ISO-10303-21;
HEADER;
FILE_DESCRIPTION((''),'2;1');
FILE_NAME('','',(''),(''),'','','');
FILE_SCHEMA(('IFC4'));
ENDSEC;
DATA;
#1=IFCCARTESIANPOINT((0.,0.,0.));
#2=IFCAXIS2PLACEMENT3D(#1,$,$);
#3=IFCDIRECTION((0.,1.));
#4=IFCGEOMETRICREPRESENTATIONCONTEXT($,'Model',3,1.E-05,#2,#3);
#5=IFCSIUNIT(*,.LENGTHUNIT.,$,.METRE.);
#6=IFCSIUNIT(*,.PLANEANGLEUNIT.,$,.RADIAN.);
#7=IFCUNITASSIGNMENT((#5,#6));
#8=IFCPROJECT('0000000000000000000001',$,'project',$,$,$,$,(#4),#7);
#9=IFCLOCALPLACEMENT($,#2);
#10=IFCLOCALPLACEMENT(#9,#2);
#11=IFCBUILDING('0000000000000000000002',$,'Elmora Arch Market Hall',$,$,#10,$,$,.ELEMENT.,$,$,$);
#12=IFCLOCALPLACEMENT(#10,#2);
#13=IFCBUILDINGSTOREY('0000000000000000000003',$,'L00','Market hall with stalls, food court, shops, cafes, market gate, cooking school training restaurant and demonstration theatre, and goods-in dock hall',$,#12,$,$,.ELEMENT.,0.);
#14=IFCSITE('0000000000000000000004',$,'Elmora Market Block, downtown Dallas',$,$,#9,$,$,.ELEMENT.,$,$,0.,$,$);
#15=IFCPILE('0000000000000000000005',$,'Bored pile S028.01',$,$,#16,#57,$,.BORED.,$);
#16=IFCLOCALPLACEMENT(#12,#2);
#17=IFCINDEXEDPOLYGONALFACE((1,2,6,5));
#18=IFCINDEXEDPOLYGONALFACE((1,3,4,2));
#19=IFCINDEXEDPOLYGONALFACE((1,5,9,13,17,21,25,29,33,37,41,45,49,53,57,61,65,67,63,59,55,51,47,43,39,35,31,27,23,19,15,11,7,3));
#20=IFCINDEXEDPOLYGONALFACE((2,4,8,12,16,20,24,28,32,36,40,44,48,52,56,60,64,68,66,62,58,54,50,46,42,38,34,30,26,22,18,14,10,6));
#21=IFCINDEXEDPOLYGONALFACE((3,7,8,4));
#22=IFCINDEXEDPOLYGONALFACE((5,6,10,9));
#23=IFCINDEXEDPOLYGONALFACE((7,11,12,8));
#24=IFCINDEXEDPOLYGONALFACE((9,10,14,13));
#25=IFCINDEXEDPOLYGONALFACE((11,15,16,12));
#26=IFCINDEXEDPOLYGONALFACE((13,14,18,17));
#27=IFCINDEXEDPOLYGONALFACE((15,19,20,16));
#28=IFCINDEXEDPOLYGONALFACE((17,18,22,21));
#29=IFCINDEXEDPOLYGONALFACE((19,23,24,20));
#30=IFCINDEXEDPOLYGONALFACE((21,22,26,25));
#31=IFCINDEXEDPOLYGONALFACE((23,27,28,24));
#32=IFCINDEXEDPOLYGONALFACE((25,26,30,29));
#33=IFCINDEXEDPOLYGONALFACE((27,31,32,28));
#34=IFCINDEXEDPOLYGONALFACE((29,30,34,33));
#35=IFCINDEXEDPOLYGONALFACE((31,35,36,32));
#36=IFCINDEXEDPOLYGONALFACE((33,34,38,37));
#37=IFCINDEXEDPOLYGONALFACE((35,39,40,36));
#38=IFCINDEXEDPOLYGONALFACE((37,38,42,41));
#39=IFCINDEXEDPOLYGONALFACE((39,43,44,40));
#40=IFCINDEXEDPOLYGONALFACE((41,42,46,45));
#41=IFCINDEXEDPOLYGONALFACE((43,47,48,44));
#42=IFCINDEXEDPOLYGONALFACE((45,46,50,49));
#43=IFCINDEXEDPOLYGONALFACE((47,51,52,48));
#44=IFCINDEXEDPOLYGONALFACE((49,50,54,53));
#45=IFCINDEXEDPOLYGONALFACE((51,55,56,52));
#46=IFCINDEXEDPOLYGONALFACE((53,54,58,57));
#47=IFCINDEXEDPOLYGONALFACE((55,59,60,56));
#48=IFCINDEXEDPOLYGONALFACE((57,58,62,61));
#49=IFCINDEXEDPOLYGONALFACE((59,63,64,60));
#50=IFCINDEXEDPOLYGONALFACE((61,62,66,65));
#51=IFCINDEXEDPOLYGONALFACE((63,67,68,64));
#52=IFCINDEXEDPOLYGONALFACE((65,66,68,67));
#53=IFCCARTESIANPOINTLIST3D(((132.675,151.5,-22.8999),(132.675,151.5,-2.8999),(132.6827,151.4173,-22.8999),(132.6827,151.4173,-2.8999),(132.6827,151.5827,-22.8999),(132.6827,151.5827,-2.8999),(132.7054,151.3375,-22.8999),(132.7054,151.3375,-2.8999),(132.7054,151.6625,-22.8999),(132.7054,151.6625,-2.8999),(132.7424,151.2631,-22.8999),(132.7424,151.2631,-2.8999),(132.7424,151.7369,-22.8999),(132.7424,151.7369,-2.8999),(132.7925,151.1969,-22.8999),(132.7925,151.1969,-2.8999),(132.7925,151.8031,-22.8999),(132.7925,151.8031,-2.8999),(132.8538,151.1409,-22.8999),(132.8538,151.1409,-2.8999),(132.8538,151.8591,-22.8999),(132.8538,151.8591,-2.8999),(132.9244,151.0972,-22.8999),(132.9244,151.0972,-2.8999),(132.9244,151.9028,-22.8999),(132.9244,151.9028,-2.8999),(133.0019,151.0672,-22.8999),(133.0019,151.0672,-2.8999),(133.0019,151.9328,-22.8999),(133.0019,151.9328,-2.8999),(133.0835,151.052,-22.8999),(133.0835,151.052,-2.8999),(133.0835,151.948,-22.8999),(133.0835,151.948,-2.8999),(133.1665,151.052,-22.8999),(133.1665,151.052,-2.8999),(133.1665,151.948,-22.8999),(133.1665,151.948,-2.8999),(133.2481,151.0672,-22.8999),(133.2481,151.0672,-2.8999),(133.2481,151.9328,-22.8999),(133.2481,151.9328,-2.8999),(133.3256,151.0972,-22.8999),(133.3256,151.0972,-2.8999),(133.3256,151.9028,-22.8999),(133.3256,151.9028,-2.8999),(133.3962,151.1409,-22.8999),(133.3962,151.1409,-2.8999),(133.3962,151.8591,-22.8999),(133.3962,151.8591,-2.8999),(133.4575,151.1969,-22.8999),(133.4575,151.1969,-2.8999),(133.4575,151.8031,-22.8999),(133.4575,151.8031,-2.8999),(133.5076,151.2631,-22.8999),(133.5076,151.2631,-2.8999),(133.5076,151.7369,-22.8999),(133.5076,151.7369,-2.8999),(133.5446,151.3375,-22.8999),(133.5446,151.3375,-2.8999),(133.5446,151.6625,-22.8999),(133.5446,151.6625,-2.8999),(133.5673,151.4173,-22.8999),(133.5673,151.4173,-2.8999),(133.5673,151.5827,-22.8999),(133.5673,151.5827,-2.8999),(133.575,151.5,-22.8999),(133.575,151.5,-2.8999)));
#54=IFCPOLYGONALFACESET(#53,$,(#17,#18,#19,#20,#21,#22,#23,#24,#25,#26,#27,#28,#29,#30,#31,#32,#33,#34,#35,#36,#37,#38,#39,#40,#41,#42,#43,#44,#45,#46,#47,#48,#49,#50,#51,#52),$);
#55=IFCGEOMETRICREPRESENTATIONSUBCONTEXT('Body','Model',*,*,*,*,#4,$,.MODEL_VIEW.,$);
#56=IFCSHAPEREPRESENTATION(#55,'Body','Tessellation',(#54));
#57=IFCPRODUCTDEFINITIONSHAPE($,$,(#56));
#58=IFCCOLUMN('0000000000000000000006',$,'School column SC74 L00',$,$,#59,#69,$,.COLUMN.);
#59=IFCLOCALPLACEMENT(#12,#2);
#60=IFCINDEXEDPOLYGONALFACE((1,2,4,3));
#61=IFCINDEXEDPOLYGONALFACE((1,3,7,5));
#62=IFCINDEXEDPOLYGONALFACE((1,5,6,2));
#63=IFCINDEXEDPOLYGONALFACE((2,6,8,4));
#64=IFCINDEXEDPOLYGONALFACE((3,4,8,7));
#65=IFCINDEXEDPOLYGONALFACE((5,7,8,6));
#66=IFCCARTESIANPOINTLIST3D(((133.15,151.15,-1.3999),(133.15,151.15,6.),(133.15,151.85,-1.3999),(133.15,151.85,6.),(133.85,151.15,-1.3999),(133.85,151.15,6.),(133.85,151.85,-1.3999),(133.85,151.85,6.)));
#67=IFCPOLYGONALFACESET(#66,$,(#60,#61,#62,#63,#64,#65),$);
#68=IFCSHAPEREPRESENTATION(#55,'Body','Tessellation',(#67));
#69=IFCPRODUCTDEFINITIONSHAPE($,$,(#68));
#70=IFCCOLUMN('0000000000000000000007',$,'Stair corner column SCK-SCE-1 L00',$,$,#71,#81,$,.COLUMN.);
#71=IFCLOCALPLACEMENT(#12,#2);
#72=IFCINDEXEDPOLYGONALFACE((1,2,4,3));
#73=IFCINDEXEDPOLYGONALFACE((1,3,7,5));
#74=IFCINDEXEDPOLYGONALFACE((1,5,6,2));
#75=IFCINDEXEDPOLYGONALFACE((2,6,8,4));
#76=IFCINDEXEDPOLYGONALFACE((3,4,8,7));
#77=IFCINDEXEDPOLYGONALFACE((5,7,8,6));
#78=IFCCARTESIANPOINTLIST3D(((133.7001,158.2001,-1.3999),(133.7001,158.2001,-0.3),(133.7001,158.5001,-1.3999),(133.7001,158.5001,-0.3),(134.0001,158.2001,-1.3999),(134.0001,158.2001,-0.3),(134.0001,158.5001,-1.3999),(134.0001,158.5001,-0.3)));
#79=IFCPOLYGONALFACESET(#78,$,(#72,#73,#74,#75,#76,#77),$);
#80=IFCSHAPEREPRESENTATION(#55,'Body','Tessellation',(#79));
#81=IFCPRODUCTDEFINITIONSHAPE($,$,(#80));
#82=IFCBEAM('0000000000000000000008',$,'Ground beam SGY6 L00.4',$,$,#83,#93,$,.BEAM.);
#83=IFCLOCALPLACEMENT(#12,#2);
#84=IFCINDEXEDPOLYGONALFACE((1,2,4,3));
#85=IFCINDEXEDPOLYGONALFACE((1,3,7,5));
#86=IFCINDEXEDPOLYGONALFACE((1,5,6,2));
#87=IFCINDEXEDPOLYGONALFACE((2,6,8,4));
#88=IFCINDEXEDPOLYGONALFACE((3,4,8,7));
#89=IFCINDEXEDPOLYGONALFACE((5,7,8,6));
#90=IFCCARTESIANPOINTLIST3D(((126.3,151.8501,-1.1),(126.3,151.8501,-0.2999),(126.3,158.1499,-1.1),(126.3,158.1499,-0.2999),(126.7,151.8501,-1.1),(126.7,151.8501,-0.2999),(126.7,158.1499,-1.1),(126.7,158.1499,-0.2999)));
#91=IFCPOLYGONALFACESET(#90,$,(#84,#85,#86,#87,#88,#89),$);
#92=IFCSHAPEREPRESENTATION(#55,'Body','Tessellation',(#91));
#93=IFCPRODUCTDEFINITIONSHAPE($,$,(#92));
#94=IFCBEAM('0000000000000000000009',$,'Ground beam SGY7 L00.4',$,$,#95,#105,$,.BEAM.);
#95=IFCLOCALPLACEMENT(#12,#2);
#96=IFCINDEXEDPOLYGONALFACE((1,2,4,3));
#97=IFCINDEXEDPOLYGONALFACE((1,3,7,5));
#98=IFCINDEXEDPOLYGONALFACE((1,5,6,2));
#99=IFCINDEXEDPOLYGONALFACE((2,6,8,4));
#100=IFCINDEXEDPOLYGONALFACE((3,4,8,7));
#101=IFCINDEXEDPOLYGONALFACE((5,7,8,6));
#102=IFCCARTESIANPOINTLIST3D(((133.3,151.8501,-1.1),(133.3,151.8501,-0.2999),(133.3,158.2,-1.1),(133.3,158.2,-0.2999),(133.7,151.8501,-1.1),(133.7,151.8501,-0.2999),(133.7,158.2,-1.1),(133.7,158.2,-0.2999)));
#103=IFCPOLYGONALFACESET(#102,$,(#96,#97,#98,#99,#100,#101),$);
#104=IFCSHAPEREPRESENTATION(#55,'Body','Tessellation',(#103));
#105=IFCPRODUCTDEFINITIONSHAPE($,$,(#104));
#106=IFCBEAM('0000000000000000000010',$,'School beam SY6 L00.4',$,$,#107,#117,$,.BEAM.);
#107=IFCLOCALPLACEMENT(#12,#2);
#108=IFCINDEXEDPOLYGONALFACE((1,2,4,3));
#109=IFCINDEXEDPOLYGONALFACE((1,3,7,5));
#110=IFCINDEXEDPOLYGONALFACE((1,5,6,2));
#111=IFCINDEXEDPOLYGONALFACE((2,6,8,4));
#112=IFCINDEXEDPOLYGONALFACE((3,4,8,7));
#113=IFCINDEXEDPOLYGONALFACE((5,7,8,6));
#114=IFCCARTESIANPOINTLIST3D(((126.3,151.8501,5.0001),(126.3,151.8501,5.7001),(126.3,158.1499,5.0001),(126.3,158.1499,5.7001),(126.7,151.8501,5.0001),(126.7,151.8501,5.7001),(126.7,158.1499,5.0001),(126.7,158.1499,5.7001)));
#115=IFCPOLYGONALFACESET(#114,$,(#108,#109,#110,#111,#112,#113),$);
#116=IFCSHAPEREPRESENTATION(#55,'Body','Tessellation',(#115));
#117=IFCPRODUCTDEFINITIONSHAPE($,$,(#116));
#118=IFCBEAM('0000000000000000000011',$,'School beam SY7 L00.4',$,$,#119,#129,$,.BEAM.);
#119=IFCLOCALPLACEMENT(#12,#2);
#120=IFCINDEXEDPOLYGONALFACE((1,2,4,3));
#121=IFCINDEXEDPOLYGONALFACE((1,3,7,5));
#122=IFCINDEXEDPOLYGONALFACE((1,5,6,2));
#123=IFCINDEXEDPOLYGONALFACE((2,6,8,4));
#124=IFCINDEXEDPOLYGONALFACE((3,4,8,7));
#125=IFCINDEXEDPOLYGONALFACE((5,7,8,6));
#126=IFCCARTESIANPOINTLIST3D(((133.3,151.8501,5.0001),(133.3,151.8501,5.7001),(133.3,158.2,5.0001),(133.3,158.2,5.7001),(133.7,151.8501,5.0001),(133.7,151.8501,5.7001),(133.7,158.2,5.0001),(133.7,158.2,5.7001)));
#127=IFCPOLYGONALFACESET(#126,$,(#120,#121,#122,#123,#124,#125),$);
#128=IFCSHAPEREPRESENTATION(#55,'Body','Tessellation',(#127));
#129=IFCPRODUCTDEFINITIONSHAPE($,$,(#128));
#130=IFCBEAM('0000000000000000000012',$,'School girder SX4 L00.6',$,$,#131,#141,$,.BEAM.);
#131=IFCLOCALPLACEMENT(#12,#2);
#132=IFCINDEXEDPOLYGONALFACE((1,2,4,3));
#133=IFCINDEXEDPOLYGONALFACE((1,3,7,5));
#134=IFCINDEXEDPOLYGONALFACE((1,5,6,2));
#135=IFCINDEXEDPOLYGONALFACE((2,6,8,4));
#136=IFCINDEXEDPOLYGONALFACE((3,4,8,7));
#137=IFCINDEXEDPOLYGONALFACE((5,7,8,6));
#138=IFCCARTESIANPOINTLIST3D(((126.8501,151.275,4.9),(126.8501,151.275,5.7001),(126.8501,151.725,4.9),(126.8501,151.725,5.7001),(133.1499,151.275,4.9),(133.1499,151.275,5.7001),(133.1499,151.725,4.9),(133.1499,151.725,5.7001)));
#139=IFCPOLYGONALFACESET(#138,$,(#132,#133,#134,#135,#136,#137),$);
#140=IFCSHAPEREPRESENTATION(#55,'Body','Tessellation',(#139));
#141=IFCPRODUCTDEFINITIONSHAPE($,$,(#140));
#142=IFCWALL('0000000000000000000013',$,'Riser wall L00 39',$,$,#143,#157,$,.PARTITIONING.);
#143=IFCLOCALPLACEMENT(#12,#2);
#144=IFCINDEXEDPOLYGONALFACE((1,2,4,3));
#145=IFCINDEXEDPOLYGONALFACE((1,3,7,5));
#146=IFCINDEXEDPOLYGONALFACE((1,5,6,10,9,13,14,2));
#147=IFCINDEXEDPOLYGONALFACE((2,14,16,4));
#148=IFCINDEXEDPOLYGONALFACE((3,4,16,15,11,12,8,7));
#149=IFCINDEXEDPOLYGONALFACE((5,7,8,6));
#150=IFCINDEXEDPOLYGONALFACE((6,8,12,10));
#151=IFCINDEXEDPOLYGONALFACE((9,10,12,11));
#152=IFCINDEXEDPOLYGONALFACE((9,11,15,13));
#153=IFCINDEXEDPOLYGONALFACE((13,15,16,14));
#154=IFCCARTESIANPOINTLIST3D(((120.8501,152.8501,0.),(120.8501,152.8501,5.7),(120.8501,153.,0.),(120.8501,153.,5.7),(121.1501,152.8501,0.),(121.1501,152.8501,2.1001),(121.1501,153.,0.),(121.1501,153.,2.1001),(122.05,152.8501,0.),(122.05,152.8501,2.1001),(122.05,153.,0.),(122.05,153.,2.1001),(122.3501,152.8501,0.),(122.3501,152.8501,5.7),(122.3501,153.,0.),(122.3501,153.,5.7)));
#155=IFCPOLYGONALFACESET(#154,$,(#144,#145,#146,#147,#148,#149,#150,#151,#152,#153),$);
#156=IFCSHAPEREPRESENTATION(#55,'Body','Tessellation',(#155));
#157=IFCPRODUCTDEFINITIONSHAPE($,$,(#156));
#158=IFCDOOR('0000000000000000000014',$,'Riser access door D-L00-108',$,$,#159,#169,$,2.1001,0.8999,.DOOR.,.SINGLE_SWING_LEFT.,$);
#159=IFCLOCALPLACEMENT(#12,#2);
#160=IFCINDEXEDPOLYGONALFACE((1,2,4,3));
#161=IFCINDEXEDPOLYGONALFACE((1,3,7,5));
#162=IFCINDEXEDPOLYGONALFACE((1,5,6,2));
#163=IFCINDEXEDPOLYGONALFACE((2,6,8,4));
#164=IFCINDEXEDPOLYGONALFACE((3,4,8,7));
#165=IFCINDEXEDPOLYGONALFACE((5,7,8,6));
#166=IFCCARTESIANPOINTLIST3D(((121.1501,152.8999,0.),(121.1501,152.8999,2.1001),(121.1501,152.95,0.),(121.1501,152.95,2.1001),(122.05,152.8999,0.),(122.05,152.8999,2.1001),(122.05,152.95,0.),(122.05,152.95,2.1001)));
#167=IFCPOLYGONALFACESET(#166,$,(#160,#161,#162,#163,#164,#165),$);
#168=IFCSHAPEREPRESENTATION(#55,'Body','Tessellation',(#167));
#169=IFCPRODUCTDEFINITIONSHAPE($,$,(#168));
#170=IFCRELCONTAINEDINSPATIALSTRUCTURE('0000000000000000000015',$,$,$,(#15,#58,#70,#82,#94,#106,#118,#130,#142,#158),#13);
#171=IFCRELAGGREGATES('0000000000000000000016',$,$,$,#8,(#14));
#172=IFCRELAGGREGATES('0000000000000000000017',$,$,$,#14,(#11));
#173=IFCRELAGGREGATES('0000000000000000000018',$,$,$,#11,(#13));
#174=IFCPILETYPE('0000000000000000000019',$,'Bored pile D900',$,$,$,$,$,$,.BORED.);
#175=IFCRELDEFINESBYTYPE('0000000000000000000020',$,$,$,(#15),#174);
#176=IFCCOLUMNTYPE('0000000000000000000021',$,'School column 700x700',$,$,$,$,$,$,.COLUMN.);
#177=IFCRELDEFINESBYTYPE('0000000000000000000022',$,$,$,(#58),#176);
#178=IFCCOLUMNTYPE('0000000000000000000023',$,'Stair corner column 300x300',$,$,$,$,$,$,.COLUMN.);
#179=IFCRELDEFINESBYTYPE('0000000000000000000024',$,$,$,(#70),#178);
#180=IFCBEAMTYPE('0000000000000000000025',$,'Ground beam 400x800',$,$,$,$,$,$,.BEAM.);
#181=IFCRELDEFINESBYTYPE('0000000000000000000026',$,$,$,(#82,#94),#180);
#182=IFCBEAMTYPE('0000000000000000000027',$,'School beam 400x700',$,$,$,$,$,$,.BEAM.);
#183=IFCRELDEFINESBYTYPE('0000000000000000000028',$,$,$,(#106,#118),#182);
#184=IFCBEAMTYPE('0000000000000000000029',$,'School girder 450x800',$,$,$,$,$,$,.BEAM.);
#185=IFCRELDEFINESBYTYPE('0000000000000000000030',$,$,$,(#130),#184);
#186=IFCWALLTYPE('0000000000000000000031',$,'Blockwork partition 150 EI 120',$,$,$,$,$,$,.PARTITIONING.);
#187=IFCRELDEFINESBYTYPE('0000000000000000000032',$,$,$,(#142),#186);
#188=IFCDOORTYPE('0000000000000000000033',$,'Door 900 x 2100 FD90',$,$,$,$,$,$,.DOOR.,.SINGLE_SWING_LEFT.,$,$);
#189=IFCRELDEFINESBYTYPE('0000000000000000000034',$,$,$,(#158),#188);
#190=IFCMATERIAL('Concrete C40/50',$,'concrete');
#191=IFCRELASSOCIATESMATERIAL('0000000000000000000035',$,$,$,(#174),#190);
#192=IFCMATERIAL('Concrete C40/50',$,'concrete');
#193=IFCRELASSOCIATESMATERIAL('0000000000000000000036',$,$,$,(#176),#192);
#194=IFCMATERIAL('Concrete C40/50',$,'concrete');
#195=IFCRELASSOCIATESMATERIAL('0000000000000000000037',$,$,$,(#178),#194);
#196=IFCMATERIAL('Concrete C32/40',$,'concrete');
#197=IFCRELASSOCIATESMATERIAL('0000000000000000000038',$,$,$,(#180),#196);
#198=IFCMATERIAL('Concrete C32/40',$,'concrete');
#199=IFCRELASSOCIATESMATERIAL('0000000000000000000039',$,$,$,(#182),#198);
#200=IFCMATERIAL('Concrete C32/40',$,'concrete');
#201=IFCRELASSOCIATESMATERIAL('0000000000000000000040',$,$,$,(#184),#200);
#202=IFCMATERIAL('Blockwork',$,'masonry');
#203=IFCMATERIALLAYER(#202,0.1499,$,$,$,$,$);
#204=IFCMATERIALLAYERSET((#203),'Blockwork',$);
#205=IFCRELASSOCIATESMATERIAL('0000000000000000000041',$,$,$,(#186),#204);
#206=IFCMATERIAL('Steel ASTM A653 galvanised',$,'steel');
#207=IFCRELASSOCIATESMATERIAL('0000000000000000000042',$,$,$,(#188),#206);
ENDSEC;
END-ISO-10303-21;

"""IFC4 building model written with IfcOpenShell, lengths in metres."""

from ifc_helpers import new_model, si_unit, direction, frame, frame_2d, origin, origin_2d, place, context, subcontext, project, spatial, rectangle, circle, extrude, material, layer, layer_set, material_profile, profile_set, type_object, element, fill, save


model = new_model("IFC4")

# Units and contexts
model_context = context("Model", 3, precision=1e-05, world=origin(), true_north=direction((0.0, 1.0)))
body_context = subcontext(model_context, "Body", "Model", "MODEL_VIEW")
ifc_project = project(units=[si_unit("LENGTHUNIT", "METRE"), si_unit("PLANEANGLEUNIT", "RADIAN")], contexts=[model_context])

# Site, building, storey
site_placement = place(None, origin())
site = spatial("IfcSite", under=ifc_project, at=site_placement, Name="Elmora Market Block, downtown Dallas", CompositionType="ELEMENT", RefElevation=0.0)
building_placement = place(site_placement, origin())
building = spatial("IfcBuilding", under=site, at=building_placement, Name="Elmora Arch Market Hall", CompositionType="ELEMENT")
storey_placement = place(building_placement, origin())
storey = spatial("IfcBuildingStorey", under=building, at=storey_placement, Name="L00", Description="Market hall with stalls, food court, shops, cafes, market gate, cooking school training restaurant and demonstration theatre, and goods-in dock hall", CompositionType="ELEMENT", Elevation=0.0)

# Pile
ifc_material_1 = material(Name="Concrete C40/50", Category="concrete")
ifc_material_profile_1 = material_profile(ifc_material_1, circle(Radius=0.45, at=origin_2d()), Name="Bored pile D900")
ifc_profile_set_1 = profile_set([ifc_material_profile_1], Name="Concrete C40/50")
pile_type = type_object("IfcPileType", Name="Bored pile D900", PredefinedType="BORED", material=ifc_profile_set_1)
pile_placement = place(storey_placement, frame((133.125, 151.5, -2.8999), z_axis=(0.0, 0.0, -1.0), x_axis=(1.0, 0.0, 0.0)))
element("IfcPile", 1, at=pile_placement, inside=storey, type_object=pile_type, Name="Bored pile S028.01", PredefinedType="BORED", context=body_context, shape_type="SweptSolid", body=[
    extrude(circle(Radius=0.45, at=origin_2d()), origin(), (0.0, 0.0, 1.0), 20.0),
])

# Columns
ifc_material_2 = material(Name="Concrete C40/50", Category="concrete")
ifc_material_profile_2 = material_profile(ifc_material_2, rectangle(XDim=0.7, YDim=0.7, at=origin_2d()), Name="School column 700x700")
ifc_profile_set_2 = profile_set([ifc_material_profile_2], Name="Concrete C40/50")
column_type_1 = type_object("IfcColumnType", Name="School column 700x700", PredefinedType="COLUMN", material=ifc_profile_set_2)
column_1_placement = place(storey_placement, frame((133.5, 151.5, -1.3999), z_axis=(0.0, 0.0, 1.0), x_axis=(1.0, 0.0, 0.0)))
element("IfcColumn", 2, at=column_1_placement, inside=storey, type_object=column_type_1, Name="School column SC74 L00", PredefinedType="COLUMN", context=body_context, shape_type="SweptSolid", body=[
    extrude(rectangle(XDim=0.7, YDim=0.7, at=origin_2d()), origin(), (0.0, 0.0, 1.0), 7.3999),
])
ifc_material_3 = material(Name="Concrete C40/50", Category="concrete")
ifc_material_profile_3 = material_profile(ifc_material_3, rectangle(XDim=0.3, YDim=0.3, at=origin_2d()), Name="Stair corner column 300x300")
ifc_profile_set_3 = profile_set([ifc_material_profile_3], Name="Concrete C40/50")
column_type_2 = type_object("IfcColumnType", Name="Stair corner column 300x300", PredefinedType="COLUMN", material=ifc_profile_set_3)
column_2_placement = place(storey_placement, frame((133.8501, 158.3501, -1.3999), z_axis=(0.0, 0.0, 1.0), x_axis=(1.0, 0.0, 0.0)))
element("IfcColumn", 3, at=column_2_placement, inside=storey, type_object=column_type_2, Name="Stair corner column SCK-SCE-1 L00", PredefinedType="COLUMN", context=body_context, shape_type="SweptSolid", body=[
    extrude(rectangle(XDim=0.3, YDim=0.3, at=origin_2d()), origin(), (0.0, 0.0, 1.0), 1.0999),
])

# Beams
ifc_material_4 = material(Name="Concrete C32/40", Category="concrete")
ifc_material_profile_4 = material_profile(ifc_material_4, rectangle(XDim=0.3999, YDim=0.8, at=origin_2d()), Name="Ground beam 400x800")
ifc_profile_set_4 = profile_set([ifc_material_profile_4], Name="Concrete C32/40")
beam_type_1 = type_object("IfcBeamType", Name="Ground beam 400x800", PredefinedType="BEAM", material=ifc_profile_set_4)
beam_1_placement = place(storey_placement, frame((126.5, 151.8501, -0.7), z_axis=(0.0, 1.0, 0.0), x_axis=(-1.0, 0.0, 0.0)))
element("IfcBeam", 4, at=beam_1_placement, inside=storey, type_object=beam_type_1, Name="Ground beam SGY6 L00.4", PredefinedType="BEAM", context=body_context, shape_type="SweptSolid", body=[
    extrude(rectangle(XDim=0.3999, YDim=0.8, at=origin_2d()), origin(), (0.0, 0.0, 1.0), 6.2998),
])
beam_2_placement = place(storey_placement, frame((133.5, 151.8501, -0.7), z_axis=(0.0, 1.0, 0.0), x_axis=(-1.0, 0.0, 0.0)))
element("IfcBeam", 5, at=beam_2_placement, inside=storey, type_object=beam_type_1, Name="Ground beam SGY7 L00.4", PredefinedType="BEAM", context=body_context, shape_type="SweptSolid", body=[
    extrude(rectangle(XDim=0.3999, YDim=0.8, at=origin_2d()), origin(), (0.0, 0.0, 1.0), 6.3499),
])
ifc_material_5 = material(Name="Concrete C32/40", Category="concrete")
ifc_material_profile_5 = material_profile(ifc_material_5, rectangle(XDim=0.3999, YDim=0.7, at=origin_2d()), Name="School beam 400x700")
ifc_profile_set_5 = profile_set([ifc_material_profile_5], Name="Concrete C32/40")
beam_type_2 = type_object("IfcBeamType", Name="School beam 400x700", PredefinedType="BEAM", material=ifc_profile_set_5)
beam_3_placement = place(storey_placement, frame((126.5, 151.8501, 5.3501), z_axis=(0.0, 1.0, 0.0), x_axis=(-1.0, 0.0, 0.0)))
element("IfcBeam", 6, at=beam_3_placement, inside=storey, type_object=beam_type_2, Name="School beam SY6 L00.4", PredefinedType="BEAM", context=body_context, shape_type="SweptSolid", body=[
    extrude(rectangle(XDim=0.3999, YDim=0.7, at=origin_2d()), origin(), (0.0, 0.0, 1.0), 6.2998),
])
beam_4_placement = place(storey_placement, frame((133.5, 151.8501, 5.3501), z_axis=(0.0, 1.0, 0.0), x_axis=(-1.0, 0.0, 0.0)))
element("IfcBeam", 7, at=beam_4_placement, inside=storey, type_object=beam_type_2, Name="School beam SY7 L00.4", PredefinedType="BEAM", context=body_context, shape_type="SweptSolid", body=[
    extrude(rectangle(XDim=0.3999, YDim=0.7, at=origin_2d()), origin(), (0.0, 0.0, 1.0), 6.3499),
])
ifc_material_6 = material(Name="Concrete C32/40", Category="concrete")
ifc_material_profile_6 = material_profile(ifc_material_6, rectangle(XDim=0.45, YDim=0.8, at=origin_2d()), Name="School girder 450x800")
ifc_profile_set_6 = profile_set([ifc_material_profile_6], Name="Concrete C32/40")
beam_type_3 = type_object("IfcBeamType", Name="School girder 450x800", PredefinedType="BEAM", material=ifc_profile_set_6)
beam_5_placement = place(storey_placement, frame((126.8501, 151.5, 5.3), z_axis=(1.0, 0.0, 0.0), x_axis=(0.0, 1.0, 0.0)))
element("IfcBeam", 8, at=beam_5_placement, inside=storey, type_object=beam_type_3, Name="School girder SX4 L00.6", PredefinedType="BEAM", context=body_context, shape_type="SweptSolid", body=[
    extrude(rectangle(XDim=0.45, YDim=0.8, at=origin_2d()), origin(), (0.0, 0.0, 1.0), 6.2998),
])

# Wall, opening, door
ifc_material_7 = material(Name="Blockwork", Category="masonry")
ifc_layer_1 = layer(ifc_material_7, 0.1499)
ifc_layer_set_1 = layer_set([ifc_layer_1], Name="Blockwork")
wall_type_1 = type_object("IfcWallType", Name="Blockwork partition 150 EI 120", PredefinedType="PARTITIONING", material=ifc_layer_set_1)
wall_1_placement = place(storey_placement, frame((120.8501, 152.925, 0.0), z_axis=(0.0, 0.0, 1.0), x_axis=(1.0, 0.0, 0.0)))
wall_1 = element("IfcWall", 9, at=wall_1_placement, inside=storey, type_object=wall_type_1, Name="Riser wall L00 39", PredefinedType="PARTITIONING", context=body_context, shape_type="SweptSolid", body=[
    extrude(rectangle(XDim=1.5, YDim=0.1499, at=frame_2d((0.75, 0.0))), origin(), (0.0, 0.0, 1.0), 5.7),
])
opening_1_placement = place(wall_1_placement, frame((0.3, 0.0, 0.0)))
opening_1 = element("IfcOpeningElement", 10, at=opening_1_placement, cuts=wall_1, PredefinedType="OPENING", context=body_context, shape_type="SweptSolid", body=[
    extrude(rectangle(XDim=0.8999, YDim=2.1001, at=frame_2d((0.45, 1.05))), frame((0.0, 0.085, 0.0), z_axis=(0.0, -1.0, 0.0), x_axis=(1.0, 0.0, 0.0)), (0.0, 0.0, 1.0), 0.1699),
])
ifc_material_8 = material(Name="Steel ASTM A653 galvanised", Category="steel")
door_type_1 = type_object("IfcDoorType", Name="Door 900 x 2100 FD90", OperationType="SINGLE_SWING_LEFT", PredefinedType="DOOR", material=ifc_material_8)
door_1_placement = place(opening_1_placement, origin())
door_1 = element("IfcDoor", 11, at=door_1_placement, inside=storey, type_object=door_type_1, Name="Riser access door D-L00-108", OperationType="SINGLE_SWING_LEFT", OverallHeight=2.1001, OverallWidth=0.8999, PredefinedType="DOOR", context=body_context, shape_type="SweptSolid", body=[
    extrude(rectangle(XDim=0.8999, YDim=2.1001, at=frame_2d((0.45, 1.05))), frame((0.0, 0.0249, 0.0), z_axis=(0.0, -1.0, 0.0), x_axis=(1.0, 0.0, 0.0)), (0.0, 0.0, 1.0), 0.05),
])
fill(opening_1, door_1)

save(model, "model.ifc")
